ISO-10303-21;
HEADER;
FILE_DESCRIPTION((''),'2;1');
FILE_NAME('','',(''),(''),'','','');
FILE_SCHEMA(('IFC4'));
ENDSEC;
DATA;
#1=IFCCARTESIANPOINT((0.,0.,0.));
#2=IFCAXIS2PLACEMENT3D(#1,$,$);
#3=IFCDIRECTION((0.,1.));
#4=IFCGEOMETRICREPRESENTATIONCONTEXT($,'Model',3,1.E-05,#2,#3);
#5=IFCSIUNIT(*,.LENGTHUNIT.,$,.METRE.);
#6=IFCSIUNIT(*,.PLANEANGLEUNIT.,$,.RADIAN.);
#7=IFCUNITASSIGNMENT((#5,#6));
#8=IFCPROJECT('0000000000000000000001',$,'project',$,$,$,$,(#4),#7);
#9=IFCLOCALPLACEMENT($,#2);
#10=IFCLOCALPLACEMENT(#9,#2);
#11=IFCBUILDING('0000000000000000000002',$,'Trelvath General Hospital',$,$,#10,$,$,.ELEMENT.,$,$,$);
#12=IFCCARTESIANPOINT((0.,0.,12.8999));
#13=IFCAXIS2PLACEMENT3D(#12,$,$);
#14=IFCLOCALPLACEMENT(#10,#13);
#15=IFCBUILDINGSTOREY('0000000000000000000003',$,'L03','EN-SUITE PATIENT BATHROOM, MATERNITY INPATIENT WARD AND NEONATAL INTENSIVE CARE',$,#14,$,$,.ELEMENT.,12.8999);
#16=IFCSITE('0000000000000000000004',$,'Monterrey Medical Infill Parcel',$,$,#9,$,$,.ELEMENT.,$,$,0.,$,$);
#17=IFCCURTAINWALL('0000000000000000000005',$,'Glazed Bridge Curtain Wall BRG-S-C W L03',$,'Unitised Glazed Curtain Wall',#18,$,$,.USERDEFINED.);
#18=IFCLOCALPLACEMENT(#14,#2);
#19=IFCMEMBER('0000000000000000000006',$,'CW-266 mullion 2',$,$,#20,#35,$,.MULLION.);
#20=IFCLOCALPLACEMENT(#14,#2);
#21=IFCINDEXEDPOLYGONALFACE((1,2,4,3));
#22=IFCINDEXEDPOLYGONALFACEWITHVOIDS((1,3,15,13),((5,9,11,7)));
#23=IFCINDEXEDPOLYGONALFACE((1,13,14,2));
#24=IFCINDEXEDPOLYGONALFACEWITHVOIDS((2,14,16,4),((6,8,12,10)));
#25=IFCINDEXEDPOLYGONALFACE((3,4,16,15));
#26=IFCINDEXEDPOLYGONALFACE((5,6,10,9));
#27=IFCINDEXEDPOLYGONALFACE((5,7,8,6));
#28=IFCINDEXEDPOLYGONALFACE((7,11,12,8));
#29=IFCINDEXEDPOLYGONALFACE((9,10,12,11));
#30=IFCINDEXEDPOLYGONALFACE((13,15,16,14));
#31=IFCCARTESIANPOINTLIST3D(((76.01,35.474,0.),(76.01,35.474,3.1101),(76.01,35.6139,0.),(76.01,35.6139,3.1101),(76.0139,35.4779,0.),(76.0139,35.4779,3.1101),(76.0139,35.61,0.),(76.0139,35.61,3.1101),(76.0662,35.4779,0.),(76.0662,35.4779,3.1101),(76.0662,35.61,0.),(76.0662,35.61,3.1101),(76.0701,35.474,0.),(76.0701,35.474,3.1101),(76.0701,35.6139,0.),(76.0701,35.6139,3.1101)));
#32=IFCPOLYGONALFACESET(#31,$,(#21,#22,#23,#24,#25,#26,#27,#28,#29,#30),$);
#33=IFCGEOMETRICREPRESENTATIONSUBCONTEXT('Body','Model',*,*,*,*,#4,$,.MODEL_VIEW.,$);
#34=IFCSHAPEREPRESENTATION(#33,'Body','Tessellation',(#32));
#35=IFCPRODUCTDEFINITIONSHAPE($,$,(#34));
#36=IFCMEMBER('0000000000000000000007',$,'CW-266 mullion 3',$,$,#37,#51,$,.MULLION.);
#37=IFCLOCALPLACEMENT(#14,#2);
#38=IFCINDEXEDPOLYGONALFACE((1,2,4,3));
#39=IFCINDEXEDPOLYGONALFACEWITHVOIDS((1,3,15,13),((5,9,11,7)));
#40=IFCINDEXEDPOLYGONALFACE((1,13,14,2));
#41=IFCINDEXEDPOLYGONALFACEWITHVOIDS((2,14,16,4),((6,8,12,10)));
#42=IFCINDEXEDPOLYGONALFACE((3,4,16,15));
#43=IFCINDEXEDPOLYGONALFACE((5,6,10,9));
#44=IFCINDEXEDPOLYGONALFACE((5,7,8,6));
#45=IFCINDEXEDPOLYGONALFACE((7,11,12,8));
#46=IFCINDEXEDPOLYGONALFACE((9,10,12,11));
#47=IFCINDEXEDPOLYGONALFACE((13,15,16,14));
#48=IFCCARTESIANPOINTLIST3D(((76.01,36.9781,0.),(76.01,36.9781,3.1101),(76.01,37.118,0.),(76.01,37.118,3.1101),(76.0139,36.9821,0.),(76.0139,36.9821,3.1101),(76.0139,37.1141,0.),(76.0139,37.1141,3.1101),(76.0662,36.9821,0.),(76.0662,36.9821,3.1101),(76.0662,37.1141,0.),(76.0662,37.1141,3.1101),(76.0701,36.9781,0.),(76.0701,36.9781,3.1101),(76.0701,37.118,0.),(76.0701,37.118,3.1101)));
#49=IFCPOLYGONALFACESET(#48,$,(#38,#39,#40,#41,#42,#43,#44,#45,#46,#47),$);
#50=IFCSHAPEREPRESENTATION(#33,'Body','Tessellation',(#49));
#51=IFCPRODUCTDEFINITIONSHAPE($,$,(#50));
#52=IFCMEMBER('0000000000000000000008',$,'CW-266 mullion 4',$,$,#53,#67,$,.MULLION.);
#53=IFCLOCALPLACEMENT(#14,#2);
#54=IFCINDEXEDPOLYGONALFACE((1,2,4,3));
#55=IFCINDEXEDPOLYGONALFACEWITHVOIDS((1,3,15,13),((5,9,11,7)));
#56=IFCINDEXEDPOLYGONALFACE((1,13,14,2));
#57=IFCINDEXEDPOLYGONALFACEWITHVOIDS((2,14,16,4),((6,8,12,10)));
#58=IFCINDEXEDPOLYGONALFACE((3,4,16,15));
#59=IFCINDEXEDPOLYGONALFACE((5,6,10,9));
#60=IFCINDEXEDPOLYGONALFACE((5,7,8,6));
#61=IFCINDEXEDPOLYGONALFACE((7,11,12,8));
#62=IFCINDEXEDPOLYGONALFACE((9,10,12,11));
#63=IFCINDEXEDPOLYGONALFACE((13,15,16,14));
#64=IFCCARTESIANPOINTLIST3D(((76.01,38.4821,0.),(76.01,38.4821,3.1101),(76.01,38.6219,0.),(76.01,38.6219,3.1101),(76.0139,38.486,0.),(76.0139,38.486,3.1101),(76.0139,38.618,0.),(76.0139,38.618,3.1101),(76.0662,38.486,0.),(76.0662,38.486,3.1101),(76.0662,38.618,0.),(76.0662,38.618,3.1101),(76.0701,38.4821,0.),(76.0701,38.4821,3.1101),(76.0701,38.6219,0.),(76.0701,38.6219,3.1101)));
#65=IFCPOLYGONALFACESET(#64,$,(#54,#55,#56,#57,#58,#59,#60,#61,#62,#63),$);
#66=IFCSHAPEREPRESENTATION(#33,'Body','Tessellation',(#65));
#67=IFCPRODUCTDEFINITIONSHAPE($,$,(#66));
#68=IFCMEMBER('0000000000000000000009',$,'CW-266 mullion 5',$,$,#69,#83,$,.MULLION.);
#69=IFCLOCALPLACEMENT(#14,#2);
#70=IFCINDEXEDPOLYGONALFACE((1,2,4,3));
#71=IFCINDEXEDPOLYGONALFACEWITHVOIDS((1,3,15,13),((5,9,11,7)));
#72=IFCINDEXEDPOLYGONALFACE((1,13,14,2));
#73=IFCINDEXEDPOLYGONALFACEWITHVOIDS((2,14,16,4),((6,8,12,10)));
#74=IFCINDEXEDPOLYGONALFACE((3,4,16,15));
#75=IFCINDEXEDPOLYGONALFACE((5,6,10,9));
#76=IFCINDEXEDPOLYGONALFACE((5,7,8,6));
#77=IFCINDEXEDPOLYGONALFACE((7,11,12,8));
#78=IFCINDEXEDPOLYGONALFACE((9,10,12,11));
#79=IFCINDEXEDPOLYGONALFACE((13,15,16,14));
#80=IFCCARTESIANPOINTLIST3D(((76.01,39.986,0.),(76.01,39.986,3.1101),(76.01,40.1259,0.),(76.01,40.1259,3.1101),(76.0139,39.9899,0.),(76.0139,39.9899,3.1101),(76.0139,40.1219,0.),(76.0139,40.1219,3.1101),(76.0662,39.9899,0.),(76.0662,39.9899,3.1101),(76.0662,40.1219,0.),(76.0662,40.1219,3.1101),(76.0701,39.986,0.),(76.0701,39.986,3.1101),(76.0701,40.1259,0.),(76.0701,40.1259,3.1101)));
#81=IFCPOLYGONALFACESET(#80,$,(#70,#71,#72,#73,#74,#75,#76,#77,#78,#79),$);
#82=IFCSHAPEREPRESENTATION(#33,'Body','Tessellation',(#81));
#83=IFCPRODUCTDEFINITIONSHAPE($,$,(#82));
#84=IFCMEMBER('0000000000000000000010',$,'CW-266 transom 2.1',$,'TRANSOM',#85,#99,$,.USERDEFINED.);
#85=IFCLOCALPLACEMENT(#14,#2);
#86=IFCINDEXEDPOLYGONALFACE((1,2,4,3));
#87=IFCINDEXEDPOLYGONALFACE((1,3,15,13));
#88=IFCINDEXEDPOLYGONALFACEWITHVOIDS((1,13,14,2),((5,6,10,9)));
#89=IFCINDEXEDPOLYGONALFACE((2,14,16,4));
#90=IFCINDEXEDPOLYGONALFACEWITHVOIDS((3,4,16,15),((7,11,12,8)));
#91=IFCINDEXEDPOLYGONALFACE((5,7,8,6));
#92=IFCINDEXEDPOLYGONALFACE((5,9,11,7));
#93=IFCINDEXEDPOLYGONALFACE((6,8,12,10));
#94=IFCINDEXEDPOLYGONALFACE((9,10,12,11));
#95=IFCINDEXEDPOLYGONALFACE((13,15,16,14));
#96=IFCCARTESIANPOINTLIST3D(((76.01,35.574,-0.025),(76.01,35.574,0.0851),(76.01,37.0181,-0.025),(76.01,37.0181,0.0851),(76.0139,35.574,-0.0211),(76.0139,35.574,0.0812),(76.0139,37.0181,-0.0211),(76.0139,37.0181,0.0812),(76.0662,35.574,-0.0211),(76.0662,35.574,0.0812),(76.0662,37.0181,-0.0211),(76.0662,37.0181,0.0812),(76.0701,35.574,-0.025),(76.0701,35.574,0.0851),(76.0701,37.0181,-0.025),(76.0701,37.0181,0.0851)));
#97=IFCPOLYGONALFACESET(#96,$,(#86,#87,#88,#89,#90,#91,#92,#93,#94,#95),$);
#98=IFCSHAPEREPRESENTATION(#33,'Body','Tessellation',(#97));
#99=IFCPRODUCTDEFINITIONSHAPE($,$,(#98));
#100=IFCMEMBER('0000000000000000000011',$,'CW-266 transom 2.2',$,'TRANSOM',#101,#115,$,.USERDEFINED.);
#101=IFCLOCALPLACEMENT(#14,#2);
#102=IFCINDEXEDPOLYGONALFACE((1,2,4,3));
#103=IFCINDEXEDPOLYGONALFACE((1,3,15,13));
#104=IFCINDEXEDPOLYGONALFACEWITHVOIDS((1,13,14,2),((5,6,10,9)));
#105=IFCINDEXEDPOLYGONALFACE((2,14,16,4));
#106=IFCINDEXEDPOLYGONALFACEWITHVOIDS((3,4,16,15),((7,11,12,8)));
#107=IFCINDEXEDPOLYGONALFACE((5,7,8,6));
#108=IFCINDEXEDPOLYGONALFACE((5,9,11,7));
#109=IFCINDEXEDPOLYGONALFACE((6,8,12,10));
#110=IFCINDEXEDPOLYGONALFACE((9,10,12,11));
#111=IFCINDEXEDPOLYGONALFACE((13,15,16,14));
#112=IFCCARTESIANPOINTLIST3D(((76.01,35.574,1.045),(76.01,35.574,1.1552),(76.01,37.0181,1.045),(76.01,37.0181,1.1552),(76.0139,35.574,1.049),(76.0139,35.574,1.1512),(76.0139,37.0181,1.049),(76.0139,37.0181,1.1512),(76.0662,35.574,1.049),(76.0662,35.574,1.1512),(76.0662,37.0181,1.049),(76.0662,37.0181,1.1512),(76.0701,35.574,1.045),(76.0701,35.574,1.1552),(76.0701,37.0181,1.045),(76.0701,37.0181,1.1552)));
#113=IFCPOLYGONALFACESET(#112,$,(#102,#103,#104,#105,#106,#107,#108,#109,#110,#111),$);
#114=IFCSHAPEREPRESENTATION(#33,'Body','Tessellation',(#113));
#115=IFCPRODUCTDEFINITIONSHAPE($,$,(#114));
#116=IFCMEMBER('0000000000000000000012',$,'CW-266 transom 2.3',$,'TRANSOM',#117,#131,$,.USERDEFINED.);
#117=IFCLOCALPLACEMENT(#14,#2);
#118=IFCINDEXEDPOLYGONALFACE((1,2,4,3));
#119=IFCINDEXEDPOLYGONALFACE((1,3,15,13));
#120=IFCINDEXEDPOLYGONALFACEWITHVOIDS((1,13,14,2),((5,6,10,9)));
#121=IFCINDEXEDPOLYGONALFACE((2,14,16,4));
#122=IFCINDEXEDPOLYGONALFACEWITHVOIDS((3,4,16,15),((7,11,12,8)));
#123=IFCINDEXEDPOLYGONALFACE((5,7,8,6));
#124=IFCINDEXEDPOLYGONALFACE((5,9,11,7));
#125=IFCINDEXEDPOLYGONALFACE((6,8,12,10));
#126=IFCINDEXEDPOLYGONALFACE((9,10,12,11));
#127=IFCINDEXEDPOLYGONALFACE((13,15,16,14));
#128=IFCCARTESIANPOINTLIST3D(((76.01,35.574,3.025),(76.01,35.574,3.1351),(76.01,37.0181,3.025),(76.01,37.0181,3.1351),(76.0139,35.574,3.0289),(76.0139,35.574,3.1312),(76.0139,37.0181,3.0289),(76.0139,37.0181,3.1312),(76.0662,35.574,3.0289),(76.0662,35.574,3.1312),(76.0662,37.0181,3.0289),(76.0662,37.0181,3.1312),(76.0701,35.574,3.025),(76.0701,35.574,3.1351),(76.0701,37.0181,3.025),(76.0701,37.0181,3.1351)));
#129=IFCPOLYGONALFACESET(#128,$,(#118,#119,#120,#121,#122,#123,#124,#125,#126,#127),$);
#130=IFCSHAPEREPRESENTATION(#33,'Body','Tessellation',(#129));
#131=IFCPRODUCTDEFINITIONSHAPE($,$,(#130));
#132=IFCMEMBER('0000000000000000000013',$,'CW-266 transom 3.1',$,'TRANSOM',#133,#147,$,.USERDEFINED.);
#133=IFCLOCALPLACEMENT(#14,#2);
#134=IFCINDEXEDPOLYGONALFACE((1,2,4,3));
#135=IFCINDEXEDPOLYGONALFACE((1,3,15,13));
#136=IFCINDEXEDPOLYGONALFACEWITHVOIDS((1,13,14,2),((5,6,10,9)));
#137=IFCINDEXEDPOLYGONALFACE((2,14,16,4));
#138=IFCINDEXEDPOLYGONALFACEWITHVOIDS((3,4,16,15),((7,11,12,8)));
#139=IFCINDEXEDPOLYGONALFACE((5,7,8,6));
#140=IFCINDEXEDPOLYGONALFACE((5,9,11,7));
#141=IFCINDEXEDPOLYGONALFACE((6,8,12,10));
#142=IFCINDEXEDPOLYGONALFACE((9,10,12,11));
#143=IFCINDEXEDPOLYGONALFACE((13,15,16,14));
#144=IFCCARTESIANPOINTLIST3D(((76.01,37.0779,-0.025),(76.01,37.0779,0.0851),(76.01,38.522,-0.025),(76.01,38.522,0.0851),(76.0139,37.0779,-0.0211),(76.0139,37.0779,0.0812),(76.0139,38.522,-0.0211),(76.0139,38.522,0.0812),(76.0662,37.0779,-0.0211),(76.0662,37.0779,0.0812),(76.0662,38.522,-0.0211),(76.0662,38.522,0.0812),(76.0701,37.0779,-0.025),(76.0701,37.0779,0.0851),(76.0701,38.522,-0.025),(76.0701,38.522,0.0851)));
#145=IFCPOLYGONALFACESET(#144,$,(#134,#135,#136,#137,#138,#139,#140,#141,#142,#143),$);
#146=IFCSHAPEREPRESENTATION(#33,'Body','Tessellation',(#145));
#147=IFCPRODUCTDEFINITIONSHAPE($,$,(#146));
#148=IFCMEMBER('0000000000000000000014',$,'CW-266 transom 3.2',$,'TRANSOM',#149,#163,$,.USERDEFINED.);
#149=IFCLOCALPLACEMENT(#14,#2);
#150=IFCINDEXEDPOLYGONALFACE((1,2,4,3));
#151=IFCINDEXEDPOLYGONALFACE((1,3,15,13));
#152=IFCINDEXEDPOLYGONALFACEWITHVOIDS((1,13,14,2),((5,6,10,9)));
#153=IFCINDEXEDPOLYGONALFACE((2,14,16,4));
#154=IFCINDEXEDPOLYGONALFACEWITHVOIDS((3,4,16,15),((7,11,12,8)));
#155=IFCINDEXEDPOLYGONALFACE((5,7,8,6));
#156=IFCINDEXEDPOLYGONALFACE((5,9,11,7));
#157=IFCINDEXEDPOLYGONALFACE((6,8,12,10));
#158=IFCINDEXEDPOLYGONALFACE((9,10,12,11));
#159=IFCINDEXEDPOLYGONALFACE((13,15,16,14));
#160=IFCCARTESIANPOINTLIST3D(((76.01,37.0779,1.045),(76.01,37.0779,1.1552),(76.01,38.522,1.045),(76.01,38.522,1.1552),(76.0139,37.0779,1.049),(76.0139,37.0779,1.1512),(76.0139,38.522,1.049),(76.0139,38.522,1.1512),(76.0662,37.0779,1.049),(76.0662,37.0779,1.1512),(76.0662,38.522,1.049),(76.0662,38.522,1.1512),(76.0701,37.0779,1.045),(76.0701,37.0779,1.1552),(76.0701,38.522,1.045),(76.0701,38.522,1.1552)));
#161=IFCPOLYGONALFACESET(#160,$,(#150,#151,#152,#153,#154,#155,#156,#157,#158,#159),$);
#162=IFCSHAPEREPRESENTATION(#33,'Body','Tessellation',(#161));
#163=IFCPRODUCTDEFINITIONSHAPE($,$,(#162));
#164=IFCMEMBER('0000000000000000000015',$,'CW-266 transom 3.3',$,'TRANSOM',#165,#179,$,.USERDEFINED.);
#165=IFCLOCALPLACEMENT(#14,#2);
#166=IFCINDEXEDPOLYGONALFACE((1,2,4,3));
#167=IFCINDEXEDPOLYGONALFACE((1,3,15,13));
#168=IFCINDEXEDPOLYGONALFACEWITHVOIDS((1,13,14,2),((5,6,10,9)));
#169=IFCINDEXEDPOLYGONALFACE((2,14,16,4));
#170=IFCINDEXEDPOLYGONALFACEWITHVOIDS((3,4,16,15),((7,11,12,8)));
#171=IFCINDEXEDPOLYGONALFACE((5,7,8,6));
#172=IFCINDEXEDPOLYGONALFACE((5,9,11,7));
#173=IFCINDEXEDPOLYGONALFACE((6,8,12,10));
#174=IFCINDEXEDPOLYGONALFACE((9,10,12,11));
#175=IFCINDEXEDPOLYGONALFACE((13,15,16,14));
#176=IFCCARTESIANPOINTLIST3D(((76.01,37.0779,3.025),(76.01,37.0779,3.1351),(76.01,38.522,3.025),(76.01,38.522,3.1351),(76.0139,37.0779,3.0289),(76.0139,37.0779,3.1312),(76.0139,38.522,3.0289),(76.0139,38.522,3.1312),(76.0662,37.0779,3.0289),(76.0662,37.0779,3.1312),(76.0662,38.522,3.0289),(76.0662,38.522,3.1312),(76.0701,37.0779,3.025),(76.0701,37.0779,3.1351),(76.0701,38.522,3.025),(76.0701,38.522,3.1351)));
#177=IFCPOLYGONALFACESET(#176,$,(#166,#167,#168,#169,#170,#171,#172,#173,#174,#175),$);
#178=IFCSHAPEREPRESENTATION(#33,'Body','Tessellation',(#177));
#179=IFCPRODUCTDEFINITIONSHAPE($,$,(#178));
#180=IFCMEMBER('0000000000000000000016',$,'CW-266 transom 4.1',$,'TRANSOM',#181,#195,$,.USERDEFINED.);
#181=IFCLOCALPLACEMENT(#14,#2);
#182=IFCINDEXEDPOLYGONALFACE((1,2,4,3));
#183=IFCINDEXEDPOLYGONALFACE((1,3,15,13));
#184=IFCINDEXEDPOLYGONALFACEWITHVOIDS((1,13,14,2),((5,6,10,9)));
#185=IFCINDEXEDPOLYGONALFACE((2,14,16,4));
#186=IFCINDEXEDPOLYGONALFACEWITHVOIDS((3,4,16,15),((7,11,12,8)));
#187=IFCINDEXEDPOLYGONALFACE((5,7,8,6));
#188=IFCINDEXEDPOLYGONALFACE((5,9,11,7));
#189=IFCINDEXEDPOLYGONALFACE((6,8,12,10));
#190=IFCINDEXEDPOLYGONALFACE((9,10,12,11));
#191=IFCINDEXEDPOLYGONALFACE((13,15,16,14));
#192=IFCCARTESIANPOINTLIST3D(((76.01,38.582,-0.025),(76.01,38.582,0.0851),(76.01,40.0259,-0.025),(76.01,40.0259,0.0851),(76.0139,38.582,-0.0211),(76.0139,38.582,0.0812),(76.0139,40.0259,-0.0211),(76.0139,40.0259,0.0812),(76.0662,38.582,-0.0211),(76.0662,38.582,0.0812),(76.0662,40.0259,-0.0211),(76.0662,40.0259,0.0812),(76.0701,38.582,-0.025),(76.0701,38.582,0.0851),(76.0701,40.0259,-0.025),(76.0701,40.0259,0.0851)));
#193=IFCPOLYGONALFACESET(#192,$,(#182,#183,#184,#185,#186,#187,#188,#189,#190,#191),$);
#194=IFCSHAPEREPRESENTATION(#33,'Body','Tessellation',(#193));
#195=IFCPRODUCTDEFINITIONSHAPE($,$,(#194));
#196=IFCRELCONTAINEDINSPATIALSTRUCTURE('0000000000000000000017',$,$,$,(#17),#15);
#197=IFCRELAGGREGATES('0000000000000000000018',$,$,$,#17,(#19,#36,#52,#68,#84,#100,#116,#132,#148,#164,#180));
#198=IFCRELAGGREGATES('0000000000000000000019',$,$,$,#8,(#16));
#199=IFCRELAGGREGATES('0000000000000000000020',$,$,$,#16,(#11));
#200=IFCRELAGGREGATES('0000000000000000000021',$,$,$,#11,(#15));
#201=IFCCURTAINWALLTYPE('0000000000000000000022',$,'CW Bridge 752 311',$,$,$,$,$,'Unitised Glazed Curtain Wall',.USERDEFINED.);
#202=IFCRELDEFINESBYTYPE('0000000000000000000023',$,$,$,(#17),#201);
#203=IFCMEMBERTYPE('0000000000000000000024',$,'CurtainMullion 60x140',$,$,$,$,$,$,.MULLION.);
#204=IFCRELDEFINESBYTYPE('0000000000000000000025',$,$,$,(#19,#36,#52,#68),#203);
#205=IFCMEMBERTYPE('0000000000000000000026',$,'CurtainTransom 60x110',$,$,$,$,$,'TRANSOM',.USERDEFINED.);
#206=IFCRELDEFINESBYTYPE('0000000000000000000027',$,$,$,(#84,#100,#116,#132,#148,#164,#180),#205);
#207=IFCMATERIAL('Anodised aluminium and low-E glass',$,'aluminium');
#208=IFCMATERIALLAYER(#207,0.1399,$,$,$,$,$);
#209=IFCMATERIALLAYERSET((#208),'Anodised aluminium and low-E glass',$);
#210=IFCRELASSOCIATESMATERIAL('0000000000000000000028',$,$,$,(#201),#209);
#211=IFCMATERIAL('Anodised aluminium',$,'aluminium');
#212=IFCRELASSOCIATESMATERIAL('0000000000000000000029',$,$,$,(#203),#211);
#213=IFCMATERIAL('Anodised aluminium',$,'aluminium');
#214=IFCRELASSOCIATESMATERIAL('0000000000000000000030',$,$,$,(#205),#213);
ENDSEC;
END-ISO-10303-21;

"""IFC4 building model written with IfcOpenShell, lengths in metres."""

from ifc_helpers import new_model, si_unit, direction, frame, origin, origin_2d, place, context, subcontext, project, spatial, hollow_rectangle, extrude, material, layer, layer_set, material_profile, profile_set, type_object, element, aggregate, save


model = new_model("IFC4")

# Units and contexts
model_context = context("Model", 3, precision=1e-05, world=origin(), true_north=direction((0.0, 1.0)))
body_context = subcontext(model_context, "Body", "Model", "MODEL_VIEW")
ifc_project = project(units=[si_unit("LENGTHUNIT", "METRE"), si_unit("PLANEANGLEUNIT", "RADIAN")], contexts=[model_context])

# Site, building, storey
site_placement = place(None, origin())
site = spatial("IfcSite", under=ifc_project, at=site_placement, Name="Monterrey Medical Infill Parcel", CompositionType="ELEMENT", RefElevation=0.0)
building_placement = place(site_placement, origin())
building = spatial("IfcBuilding", under=site, at=building_placement, Name="Trelvath General Hospital", CompositionType="ELEMENT")
storey_placement = place(building_placement, frame((0.0, 0.0, 12.8999)))
storey = spatial("IfcBuildingStorey", under=building, at=storey_placement, Name="L03", Description="EN-SUITE PATIENT BATHROOM, MATERNITY INPATIENT WARD AND NEONATAL INTENSIVE CARE", CompositionType="ELEMENT", Elevation=12.8999)

# Curtain wall, members
ifc_material_1 = material(Name="Anodised aluminium and low-E glass", Category="aluminium")
ifc_layer_1 = layer(ifc_material_1, 0.1399)
ifc_layer_set_1 = layer_set([ifc_layer_1], Name="Anodised aluminium and low-E glass")
curtain_wall_type = type_object("IfcCurtainWallType", Name="CW Bridge 752 311", ElementType="Unitised Glazed Curtain Wall", PredefinedType="USERDEFINED", material=ifc_layer_set_1)
curtain_wall_1_placement = place(storey_placement, origin())
curtain_wall_1 = element("IfcCurtainWall", 1, at=curtain_wall_1_placement, inside=storey, type_object=curtain_wall_type, Name="Glazed Bridge Curtain Wall BRG-S-C W L03", ObjectType="Unitised Glazed Curtain Wall", PredefinedType="USERDEFINED")
ifc_material_2 = material(Name="Anodised aluminium", Category="aluminium")
ifc_material_profile_1 = material_profile(ifc_material_2, hollow_rectangle(XDim=0.0601, YDim=0.1399, WallThickness=0.0039, at=origin_2d()), Name="RHS60x140x4")
ifc_profile_set_1 = profile_set([ifc_material_profile_1], Name="Anodised aluminium")
member_type_1 = type_object("IfcMemberType", Name="CurtainMullion 60x140", PredefinedType="MULLION", material=ifc_profile_set_1)
member_1_placement = place(storey_placement, frame((76.04, 35.5439, 0.0), z_axis=(0.0, 0.0, 1.0), x_axis=(-1.0, 0.0, 0.0)))
member_1 = element("IfcMember", 2, at=member_1_placement, type_object=member_type_1, Name="CW-266 mullion 2", PredefinedType="MULLION", context=body_context, shape_type="SweptSolid", body=[
    extrude(hollow_rectangle(XDim=0.0601, YDim=0.1399, WallThickness=0.0039, at=origin_2d()), origin(), (0.0, 0.0, 1.0), 3.1101),
])
member_2_placement = place(storey_placement, frame((76.04, 37.0481, 0.0), z_axis=(0.0, 0.0, 1.0), x_axis=(-1.0, 0.0, 0.0)))
member_2 = element("IfcMember", 3, at=member_2_placement, type_object=member_type_1, Name="CW-266 mullion 3", PredefinedType="MULLION", context=body_context, shape_type="SweptSolid", body=[
    extrude(hollow_rectangle(XDim=0.0601, YDim=0.1399, WallThickness=0.0039, at=origin_2d()), origin(), (0.0, 0.0, 1.0), 3.1101),
])
member_3_placement = place(storey_placement, frame((76.04, 38.552, 0.0), z_axis=(0.0, 0.0, 1.0), x_axis=(-1.0, 0.0, 0.0)))
member_3 = element("IfcMember", 4, at=member_3_placement, type_object=member_type_1, Name="CW-266 mullion 4", PredefinedType="MULLION", context=body_context, shape_type="SweptSolid", body=[
    extrude(hollow_rectangle(XDim=0.0601, YDim=0.1399, WallThickness=0.0039, at=origin_2d()), origin(), (0.0, 0.0, 1.0), 3.1101),
])
member_4_placement = place(storey_placement, frame((76.04, 40.0559, 0.0), z_axis=(0.0, 0.0, 1.0), x_axis=(-1.0, 0.0, 0.0)))
member_4 = element("IfcMember", 5, at=member_4_placement, type_object=member_type_1, Name="CW-266 mullion 5", PredefinedType="MULLION", context=body_context, shape_type="SweptSolid", body=[
    extrude(hollow_rectangle(XDim=0.0601, YDim=0.1399, WallThickness=0.0039, at=origin_2d()), origin(), (0.0, 0.0, 1.0), 3.1101),
])
ifc_material_3 = material(Name="Anodised aluminium", Category="aluminium")
ifc_material_profile_2 = material_profile(ifc_material_3, hollow_rectangle(XDim=0.0601, YDim=0.1101, WallThickness=0.0039, at=origin_2d()), Name="RHS60x110x4")
ifc_profile_set_2 = profile_set([ifc_material_profile_2], Name="Anodised aluminium")
member_type_2 = type_object("IfcMemberType", Name="CurtainTransom 60x110", ElementType="TRANSOM", PredefinedType="USERDEFINED", material=ifc_profile_set_2)
member_5_placement = place(storey_placement, frame((76.04, 35.574, 0.03), z_axis=(0.0, 1.0, 0.0), x_axis=(-1.0, 0.0, 0.0)))
member_5 = element("IfcMember", 6, at=member_5_placement, type_object=member_type_2, Name="CW-266 transom 2.1", ObjectType="TRANSOM", PredefinedType="USERDEFINED", context=body_context, shape_type="SweptSolid", body=[
    extrude(hollow_rectangle(XDim=0.0601, YDim=0.1101, WallThickness=0.0039, at=origin_2d()), origin(), (0.0, 0.0, 1.0), 1.4441),
])
member_6_placement = place(storey_placement, frame((76.04, 35.574, 1.1001), z_axis=(0.0, 1.0, 0.0), x_axis=(-1.0, 0.0, 0.0)))
member_6 = element("IfcMember", 7, at=member_6_placement, type_object=member_type_2, Name="CW-266 transom 2.2", ObjectType="TRANSOM", PredefinedType="USERDEFINED", context=body_context, shape_type="SweptSolid", body=[
    extrude(hollow_rectangle(XDim=0.0601, YDim=0.1101, WallThickness=0.0039, at=origin_2d()), origin(), (0.0, 0.0, 1.0), 1.4441),
])
member_7_placement = place(storey_placement, frame((76.04, 35.574, 3.0801), z_axis=(0.0, 1.0, 0.0), x_axis=(-1.0, 0.0, 0.0)))
member_7 = element("IfcMember", 8, at=member_7_placement, type_object=member_type_2, Name="CW-266 transom 2.3", ObjectType="TRANSOM", PredefinedType="USERDEFINED", context=body_context, shape_type="SweptSolid", body=[
    extrude(hollow_rectangle(XDim=0.0601, YDim=0.1101, WallThickness=0.0039, at=origin_2d()), origin(), (0.0, 0.0, 1.0), 1.4441),
])
member_8_placement = place(storey_placement, frame((76.04, 37.0779, 0.03), z_axis=(0.0, 1.0, 0.0), x_axis=(-1.0, 0.0, 0.0)))
member_8 = element("IfcMember", 9, at=member_8_placement, type_object=member_type_2, Name="CW-266 transom 3.1", ObjectType="TRANSOM", PredefinedType="USERDEFINED", context=body_context, shape_type="SweptSolid", body=[
    extrude(hollow_rectangle(XDim=0.0601, YDim=0.1101, WallThickness=0.0039, at=origin_2d()), origin(), (0.0, 0.0, 1.0), 1.4441),
])
member_9_placement = place(storey_placement, frame((76.04, 37.0779, 1.1001), z_axis=(0.0, 1.0, 0.0), x_axis=(-1.0, 0.0, 0.0)))
member_9 = element("IfcMember", 10, at=member_9_placement, type_object=member_type_2, Name="CW-266 transom 3.2", ObjectType="TRANSOM", PredefinedType="USERDEFINED", context=body_context, shape_type="SweptSolid", body=[
    extrude(hollow_rectangle(XDim=0.0601, YDim=0.1101, WallThickness=0.0039, at=origin_2d()), origin(), (0.0, 0.0, 1.0), 1.4441),
])
member_10_placement = place(storey_placement, frame((76.04, 37.0779, 3.0801), z_axis=(0.0, 1.0, 0.0), x_axis=(-1.0, 0.0, 0.0)))
member_10 = element("IfcMember", 11, at=member_10_placement, type_object=member_type_2, Name="CW-266 transom 3.3", ObjectType="TRANSOM", PredefinedType="USERDEFINED", context=body_context, shape_type="SweptSolid", body=[
    extrude(hollow_rectangle(XDim=0.0601, YDim=0.1101, WallThickness=0.0039, at=origin_2d()), origin(), (0.0, 0.0, 1.0), 1.4441),
])
member_11_placement = place(storey_placement, frame((76.04, 38.582, 0.03), z_axis=(0.0, 1.0, 0.0), x_axis=(-1.0, 0.0, 0.0)))
member_11 = element("IfcMember", 12, at=member_11_placement, type_object=member_type_2, Name="CW-266 transom 4.1", ObjectType="TRANSOM", PredefinedType="USERDEFINED", context=body_context, shape_type="SweptSolid", body=[
    extrude(hollow_rectangle(XDim=0.0601, YDim=0.1101, WallThickness=0.0039, at=origin_2d()), origin(), (0.0, 0.0, 1.0), 1.4438),
])
aggregate(curtain_wall_1, [member_1, member_2, member_3, member_4, member_5, member_6, member_7, member_8, member_9, member_10, member_11])

save(model, "model.ifc")
